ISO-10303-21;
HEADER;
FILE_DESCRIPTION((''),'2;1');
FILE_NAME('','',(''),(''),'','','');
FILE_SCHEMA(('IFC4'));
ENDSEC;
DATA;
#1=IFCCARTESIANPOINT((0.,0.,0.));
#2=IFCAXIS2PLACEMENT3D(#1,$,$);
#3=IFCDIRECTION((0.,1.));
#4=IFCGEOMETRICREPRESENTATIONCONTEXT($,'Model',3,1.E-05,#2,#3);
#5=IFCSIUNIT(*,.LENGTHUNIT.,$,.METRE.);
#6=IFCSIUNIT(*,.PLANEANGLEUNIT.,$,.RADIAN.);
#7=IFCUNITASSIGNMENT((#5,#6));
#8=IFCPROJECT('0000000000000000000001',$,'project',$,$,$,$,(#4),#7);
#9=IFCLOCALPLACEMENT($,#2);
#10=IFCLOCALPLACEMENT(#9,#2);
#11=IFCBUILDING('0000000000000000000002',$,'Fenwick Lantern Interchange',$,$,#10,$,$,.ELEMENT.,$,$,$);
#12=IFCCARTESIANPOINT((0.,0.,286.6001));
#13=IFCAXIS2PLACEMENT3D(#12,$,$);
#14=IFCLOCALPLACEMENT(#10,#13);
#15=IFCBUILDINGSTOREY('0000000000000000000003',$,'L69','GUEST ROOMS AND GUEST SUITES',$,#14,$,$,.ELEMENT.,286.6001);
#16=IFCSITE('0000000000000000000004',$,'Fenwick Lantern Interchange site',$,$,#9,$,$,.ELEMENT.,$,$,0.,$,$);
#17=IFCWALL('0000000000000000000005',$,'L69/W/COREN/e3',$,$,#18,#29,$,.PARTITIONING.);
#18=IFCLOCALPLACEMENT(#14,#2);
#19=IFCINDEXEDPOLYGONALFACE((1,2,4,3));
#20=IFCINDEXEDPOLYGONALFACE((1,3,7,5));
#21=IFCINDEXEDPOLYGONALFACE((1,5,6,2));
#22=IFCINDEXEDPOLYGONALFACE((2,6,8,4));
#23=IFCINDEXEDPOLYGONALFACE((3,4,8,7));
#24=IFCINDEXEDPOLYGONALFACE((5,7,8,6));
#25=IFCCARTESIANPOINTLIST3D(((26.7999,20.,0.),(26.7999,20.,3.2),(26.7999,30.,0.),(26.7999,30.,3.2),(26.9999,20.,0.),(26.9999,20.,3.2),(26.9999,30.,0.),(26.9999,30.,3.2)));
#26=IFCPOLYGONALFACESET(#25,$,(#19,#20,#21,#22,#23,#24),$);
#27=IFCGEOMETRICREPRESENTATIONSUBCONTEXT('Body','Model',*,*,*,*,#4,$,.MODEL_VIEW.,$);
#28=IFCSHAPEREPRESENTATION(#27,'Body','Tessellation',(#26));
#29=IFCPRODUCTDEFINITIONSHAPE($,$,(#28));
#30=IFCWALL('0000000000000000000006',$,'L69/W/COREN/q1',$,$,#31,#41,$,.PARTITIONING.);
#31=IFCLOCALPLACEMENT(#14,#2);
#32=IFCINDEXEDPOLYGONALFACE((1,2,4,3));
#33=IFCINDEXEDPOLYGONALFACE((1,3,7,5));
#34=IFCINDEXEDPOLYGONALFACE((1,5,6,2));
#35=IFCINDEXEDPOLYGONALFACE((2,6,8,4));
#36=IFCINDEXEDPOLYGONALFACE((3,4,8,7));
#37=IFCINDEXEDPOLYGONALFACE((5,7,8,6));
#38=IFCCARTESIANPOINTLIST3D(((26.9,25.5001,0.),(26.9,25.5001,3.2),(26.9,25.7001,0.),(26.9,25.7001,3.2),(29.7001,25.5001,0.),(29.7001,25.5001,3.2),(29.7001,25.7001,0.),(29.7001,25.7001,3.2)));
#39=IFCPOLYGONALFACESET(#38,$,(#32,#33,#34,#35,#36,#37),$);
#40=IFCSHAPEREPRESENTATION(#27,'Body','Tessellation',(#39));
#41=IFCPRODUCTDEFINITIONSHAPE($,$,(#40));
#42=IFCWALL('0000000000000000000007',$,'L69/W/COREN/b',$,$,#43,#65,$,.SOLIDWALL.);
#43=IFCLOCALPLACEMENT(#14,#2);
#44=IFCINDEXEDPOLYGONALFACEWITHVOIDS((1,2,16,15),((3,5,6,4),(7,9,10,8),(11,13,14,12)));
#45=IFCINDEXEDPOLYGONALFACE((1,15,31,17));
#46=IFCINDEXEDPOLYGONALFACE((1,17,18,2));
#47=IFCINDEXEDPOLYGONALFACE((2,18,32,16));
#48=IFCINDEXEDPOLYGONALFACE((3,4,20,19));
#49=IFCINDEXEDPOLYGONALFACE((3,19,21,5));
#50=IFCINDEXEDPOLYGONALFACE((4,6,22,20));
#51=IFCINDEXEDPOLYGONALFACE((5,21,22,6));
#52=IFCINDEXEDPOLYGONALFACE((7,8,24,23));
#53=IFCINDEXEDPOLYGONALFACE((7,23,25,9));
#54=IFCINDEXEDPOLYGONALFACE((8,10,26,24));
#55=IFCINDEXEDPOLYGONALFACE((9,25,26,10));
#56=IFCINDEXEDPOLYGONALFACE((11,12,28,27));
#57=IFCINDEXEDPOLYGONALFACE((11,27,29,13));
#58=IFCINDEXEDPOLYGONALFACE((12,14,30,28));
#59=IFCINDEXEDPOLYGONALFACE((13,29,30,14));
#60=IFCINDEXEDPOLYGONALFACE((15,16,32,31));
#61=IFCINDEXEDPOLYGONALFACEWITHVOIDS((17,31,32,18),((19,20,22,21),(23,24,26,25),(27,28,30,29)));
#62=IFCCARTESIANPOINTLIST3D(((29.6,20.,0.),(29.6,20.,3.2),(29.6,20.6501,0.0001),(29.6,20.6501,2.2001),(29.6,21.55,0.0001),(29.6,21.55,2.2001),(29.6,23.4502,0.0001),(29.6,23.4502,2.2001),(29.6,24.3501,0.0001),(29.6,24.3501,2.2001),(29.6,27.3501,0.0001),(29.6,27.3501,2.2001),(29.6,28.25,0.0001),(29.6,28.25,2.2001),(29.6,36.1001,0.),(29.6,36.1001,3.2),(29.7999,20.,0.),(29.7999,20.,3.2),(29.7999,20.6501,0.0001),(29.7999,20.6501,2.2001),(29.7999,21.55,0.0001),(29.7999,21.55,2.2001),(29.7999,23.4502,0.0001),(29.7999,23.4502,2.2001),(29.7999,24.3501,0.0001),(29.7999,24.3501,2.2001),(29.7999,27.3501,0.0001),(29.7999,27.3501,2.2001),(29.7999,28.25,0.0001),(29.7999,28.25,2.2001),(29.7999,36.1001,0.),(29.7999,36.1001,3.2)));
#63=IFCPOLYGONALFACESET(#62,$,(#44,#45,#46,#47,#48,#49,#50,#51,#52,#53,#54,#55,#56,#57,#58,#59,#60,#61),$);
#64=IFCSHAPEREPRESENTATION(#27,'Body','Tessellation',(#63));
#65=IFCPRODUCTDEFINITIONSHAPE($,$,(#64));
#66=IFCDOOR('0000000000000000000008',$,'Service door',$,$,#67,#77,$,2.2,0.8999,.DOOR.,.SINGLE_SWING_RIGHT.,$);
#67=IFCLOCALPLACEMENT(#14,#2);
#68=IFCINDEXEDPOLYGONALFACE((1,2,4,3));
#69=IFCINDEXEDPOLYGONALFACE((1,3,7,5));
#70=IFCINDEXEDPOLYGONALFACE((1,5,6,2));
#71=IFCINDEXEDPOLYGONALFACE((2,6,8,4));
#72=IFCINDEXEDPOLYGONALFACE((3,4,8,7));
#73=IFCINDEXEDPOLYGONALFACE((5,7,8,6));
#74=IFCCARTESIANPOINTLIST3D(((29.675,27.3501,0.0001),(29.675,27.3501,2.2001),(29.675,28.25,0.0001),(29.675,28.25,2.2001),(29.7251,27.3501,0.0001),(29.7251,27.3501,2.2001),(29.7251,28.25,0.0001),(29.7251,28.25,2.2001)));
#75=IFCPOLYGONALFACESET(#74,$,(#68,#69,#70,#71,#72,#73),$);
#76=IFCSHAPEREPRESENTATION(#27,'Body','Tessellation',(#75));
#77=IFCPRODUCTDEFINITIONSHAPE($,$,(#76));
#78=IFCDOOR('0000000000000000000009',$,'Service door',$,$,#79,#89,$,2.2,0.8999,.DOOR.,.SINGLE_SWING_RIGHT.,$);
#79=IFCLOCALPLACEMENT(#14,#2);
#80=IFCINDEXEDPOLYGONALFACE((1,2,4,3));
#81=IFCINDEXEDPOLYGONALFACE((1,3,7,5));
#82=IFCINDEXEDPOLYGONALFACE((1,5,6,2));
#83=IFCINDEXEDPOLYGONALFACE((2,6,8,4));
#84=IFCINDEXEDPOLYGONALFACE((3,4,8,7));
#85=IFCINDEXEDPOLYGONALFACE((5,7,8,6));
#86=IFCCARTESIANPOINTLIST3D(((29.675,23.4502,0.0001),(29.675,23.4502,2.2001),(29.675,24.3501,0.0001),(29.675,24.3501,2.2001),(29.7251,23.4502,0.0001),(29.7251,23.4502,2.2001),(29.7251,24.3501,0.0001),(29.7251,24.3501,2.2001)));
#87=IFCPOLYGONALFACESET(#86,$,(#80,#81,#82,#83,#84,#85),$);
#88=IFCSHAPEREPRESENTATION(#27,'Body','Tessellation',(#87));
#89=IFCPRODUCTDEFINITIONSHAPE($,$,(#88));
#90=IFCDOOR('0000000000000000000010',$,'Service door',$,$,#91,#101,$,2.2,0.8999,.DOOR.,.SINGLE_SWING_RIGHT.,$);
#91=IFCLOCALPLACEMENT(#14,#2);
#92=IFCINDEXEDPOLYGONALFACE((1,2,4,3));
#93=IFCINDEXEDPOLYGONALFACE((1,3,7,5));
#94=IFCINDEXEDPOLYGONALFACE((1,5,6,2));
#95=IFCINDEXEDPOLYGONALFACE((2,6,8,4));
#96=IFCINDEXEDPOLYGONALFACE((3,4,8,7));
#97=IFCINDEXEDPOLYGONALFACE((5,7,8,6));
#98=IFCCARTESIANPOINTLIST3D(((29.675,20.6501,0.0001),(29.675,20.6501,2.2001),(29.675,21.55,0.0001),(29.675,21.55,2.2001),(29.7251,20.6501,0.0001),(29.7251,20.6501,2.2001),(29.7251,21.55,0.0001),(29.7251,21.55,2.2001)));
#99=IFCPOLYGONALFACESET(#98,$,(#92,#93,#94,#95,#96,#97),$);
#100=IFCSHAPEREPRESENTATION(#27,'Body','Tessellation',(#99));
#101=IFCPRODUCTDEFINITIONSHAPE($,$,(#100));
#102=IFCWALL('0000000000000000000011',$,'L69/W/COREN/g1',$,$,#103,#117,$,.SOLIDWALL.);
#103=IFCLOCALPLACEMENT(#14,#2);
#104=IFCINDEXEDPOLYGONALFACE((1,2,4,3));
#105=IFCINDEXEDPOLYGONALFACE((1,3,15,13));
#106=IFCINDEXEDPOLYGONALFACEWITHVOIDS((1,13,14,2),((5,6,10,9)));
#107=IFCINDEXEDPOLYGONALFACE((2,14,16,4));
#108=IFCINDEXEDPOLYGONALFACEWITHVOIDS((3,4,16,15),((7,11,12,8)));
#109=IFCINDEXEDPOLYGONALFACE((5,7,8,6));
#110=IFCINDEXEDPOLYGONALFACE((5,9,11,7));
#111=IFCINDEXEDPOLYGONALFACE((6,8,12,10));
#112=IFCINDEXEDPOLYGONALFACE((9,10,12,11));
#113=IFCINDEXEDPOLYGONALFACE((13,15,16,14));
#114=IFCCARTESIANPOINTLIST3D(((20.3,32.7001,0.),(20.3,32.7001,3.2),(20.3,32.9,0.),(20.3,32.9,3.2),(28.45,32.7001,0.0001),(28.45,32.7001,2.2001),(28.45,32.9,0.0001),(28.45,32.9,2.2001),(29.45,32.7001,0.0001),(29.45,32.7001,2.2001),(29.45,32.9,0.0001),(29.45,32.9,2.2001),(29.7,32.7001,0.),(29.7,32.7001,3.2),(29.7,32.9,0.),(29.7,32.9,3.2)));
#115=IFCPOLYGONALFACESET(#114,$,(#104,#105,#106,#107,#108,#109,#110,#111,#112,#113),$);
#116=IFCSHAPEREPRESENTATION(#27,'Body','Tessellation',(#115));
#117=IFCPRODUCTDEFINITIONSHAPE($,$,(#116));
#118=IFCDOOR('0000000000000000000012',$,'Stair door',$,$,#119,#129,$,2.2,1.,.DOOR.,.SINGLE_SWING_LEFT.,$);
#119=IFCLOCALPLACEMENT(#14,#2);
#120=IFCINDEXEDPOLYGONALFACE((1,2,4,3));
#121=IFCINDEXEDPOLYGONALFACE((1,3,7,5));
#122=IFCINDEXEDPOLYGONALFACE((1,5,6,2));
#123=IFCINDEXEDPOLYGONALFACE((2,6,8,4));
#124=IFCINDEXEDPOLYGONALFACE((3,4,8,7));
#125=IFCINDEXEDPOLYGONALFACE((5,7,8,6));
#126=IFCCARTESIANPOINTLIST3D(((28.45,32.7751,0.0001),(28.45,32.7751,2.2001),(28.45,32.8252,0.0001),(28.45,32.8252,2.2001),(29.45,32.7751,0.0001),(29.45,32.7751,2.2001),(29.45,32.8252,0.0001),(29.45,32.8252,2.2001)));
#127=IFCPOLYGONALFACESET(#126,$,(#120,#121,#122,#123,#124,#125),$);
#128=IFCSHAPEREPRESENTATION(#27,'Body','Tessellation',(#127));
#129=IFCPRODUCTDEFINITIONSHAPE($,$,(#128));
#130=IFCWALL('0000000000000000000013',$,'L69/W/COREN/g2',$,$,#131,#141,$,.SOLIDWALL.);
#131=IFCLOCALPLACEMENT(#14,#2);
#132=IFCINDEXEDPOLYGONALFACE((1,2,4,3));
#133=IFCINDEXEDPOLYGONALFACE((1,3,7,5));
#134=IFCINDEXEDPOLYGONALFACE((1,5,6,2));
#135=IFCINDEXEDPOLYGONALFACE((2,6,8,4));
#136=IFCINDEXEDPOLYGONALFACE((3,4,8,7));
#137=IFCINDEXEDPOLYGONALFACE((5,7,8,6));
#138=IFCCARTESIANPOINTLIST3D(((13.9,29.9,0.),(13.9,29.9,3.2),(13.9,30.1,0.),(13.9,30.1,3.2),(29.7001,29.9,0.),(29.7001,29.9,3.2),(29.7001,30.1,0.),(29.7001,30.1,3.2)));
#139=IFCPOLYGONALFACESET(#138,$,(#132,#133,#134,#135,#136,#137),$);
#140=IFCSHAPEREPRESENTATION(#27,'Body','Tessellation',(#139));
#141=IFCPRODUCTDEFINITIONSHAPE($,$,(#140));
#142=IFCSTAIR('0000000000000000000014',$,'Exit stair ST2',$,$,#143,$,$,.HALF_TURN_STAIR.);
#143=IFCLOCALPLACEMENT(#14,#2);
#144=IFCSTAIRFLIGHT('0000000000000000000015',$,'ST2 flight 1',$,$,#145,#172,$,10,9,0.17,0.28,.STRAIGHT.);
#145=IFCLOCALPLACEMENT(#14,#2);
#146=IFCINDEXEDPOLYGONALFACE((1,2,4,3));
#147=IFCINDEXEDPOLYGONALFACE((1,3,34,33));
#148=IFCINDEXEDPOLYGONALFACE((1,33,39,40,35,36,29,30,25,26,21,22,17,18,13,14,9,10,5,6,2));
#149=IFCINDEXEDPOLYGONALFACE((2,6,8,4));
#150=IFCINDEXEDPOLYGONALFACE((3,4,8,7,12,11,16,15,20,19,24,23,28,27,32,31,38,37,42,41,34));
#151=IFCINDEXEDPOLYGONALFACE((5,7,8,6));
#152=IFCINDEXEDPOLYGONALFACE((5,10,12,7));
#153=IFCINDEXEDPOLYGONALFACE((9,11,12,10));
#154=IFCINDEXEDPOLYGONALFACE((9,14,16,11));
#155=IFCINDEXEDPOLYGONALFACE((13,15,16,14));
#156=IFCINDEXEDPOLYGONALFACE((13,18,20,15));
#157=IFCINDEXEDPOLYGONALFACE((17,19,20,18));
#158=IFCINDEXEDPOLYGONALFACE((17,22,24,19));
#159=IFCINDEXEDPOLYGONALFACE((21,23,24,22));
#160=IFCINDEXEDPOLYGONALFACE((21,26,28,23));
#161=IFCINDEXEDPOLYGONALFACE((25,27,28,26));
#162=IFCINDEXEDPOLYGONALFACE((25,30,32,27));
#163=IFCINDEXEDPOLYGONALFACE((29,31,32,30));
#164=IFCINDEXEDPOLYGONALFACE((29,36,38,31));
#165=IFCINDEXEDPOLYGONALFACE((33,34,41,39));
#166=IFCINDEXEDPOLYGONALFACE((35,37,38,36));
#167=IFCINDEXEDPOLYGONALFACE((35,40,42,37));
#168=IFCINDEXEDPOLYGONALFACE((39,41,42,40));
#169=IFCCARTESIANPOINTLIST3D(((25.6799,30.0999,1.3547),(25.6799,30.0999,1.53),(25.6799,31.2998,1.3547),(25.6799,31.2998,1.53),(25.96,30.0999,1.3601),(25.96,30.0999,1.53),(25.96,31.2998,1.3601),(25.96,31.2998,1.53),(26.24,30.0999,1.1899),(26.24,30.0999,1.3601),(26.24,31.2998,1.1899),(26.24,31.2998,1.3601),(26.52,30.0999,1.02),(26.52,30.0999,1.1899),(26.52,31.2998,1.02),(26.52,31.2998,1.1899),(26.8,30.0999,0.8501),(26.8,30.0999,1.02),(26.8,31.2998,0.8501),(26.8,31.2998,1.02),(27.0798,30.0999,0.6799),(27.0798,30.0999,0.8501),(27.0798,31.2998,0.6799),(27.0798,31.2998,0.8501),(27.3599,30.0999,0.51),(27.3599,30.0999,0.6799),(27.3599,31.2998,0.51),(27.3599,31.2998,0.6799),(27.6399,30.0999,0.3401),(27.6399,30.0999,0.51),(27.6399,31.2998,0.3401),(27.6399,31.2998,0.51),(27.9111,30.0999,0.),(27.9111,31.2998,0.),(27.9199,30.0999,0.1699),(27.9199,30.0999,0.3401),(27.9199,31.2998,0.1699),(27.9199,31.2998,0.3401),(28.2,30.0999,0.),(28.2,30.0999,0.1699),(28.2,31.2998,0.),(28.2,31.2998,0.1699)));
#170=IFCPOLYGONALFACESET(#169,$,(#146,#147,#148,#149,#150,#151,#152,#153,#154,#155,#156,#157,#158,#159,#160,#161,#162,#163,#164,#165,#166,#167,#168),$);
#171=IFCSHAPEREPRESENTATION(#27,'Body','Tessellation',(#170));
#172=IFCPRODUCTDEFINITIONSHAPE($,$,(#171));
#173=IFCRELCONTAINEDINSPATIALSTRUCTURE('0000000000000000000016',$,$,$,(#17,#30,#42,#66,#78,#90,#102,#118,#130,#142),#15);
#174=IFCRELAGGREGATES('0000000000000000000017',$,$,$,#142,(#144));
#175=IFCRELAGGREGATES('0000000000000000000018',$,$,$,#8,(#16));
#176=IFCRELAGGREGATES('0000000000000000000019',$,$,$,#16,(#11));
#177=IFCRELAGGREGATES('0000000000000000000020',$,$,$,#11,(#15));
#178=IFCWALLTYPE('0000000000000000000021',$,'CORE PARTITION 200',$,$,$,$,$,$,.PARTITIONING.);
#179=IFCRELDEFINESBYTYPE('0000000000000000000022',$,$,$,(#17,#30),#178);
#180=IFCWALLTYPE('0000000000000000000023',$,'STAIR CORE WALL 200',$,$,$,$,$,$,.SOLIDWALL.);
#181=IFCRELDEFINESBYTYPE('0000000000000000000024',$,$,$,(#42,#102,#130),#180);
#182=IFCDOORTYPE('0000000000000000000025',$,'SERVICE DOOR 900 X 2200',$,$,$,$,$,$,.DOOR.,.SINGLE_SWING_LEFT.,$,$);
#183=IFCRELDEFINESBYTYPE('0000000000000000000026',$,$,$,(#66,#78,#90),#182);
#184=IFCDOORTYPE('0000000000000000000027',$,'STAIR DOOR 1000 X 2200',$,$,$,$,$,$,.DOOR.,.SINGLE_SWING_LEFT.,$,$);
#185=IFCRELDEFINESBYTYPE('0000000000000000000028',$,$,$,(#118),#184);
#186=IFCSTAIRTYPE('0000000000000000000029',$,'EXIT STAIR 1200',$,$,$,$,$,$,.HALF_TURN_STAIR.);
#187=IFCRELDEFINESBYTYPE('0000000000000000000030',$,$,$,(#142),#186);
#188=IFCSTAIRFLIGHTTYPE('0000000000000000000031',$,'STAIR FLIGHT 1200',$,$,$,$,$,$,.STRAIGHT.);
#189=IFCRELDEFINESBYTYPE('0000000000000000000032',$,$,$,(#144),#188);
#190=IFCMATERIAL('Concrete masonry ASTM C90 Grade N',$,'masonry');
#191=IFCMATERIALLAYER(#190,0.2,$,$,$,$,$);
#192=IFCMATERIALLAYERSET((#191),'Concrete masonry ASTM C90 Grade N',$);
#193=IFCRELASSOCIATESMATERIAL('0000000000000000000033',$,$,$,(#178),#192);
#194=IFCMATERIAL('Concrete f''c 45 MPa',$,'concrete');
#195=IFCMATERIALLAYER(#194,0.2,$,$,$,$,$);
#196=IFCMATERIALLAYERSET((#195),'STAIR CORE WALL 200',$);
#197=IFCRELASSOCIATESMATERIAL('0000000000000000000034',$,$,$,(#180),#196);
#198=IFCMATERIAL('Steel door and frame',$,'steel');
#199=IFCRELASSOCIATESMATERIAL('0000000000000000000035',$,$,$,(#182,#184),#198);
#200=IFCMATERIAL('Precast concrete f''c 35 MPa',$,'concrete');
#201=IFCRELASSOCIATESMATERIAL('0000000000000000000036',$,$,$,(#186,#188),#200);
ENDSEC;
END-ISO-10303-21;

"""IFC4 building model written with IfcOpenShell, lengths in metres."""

from ifc_helpers import new_model, si_unit, direction, frame, frame_2d, origin, place, context, subcontext, project, spatial, polyline, rectangle, outline, extrude, material, layer, layer_set, type_object, element, fill, aggregate, save


model = new_model("IFC4")

# Units and contexts
model_context = context("Model", 3, precision=1e-05, world=origin(), true_north=direction((0.0, 1.0)))
body_context = subcontext(model_context, "Body", "Model", "MODEL_VIEW")
ifc_project = project(units=[si_unit("LENGTHUNIT", "METRE"), si_unit("PLANEANGLEUNIT", "RADIAN")], contexts=[model_context])

# Site, building, storey
site_placement = place(None, origin())
site = spatial("IfcSite", under=ifc_project, at=site_placement, Name="Fenwick Lantern Interchange site", CompositionType="ELEMENT", RefElevation=0.0)
building_placement = place(site_placement, origin())
building = spatial("IfcBuilding", under=site, at=building_placement, Name="Fenwick Lantern Interchange", CompositionType="ELEMENT")
storey_placement = place(building_placement, frame((0.0, 0.0, 286.6001)))
storey = spatial("IfcBuildingStorey", under=building, at=storey_placement, Name="L69", Description="GUEST ROOMS AND GUEST SUITES", CompositionType="ELEMENT", Elevation=286.6001)

# Walls
ifc_material_1 = material(Name="Concrete masonry ASTM C90 Grade N", Category="masonry")
ifc_layer_1 = layer(ifc_material_1, 0.2)
ifc_layer_set_1 = layer_set([ifc_layer_1], Name="Concrete masonry ASTM C90 Grade N")
wall_type_1 = type_object("IfcWallType", Name="CORE PARTITION 200", PredefinedType="PARTITIONING", material=ifc_layer_set_1)
wall_1_placement = place(storey_placement, frame((26.8999, 30.0, 0.0), z_axis=(0.0, 0.0, 1.0), x_axis=(0.0, -1.0, 0.0)))
element("IfcWall", 1, at=wall_1_placement, inside=storey, type_object=wall_type_1, Name="L69/W/COREN/e3", PredefinedType="PARTITIONING", context=body_context, shape_type="SweptSolid", body=[
    extrude(rectangle(XDim=10.0, YDim=0.2, at=frame_2d((5.0, 0.0))), origin(), (0.0, 0.0, 1.0), 3.2),
])
wall_2_placement = place(storey_placement, frame((29.7, 25.6001, 0.0), z_axis=(0.0, 0.0, 1.0), x_axis=(-1.0, 0.0, 0.0)))
element("IfcWall", 2, at=wall_2_placement, inside=storey, type_object=wall_type_1, Name="L69/W/COREN/q1", PredefinedType="PARTITIONING", context=body_context, shape_type="SweptSolid", body=[
    extrude(rectangle(XDim=2.8, YDim=0.2, at=frame_2d((1.3999, 0.0))), origin(), (0.0, 0.0, 1.0), 3.2),
])

# Wall, openings, doors
ifc_material_2 = material(Name="Concrete f'c 45 MPa", Category="concrete")
ifc_layer_2 = layer(ifc_material_2, 0.2)
ifc_layer_set_2 = layer_set([ifc_layer_2], Name="STAIR CORE WALL 200")
wall_type_2 = type_object("IfcWallType", Name="STAIR CORE WALL 200", PredefinedType="SOLIDWALL", material=ifc_layer_set_2)
wall_3_placement = place(storey_placement, frame((29.7, 36.1001, 0.0), z_axis=(0.0, 0.0, 1.0), x_axis=(0.0, -1.0, 0.0)))
wall_3 = element("IfcWall", 3, at=wall_3_placement, inside=storey, type_object=wall_type_2, Name="L69/W/COREN/b", PredefinedType="SOLIDWALL", context=body_context, shape_type="SweptSolid", body=[
    extrude(rectangle(XDim=16.1001, YDim=0.2, at=frame_2d((8.05, 0.0))), origin(), (0.0, 0.0, 1.0), 3.2),
])
opening_1_placement = place(wall_3_placement, frame((7.8501, 0.0, 0.0)))
opening_1 = element("IfcOpeningElement", 4, at=opening_1_placement, cuts=wall_3, PredefinedType="OPENING", context=body_context, shape_type="SweptSolid", body=[
    extrude(rectangle(XDim=0.8999, YDim=2.2, at=frame_2d((0.45, 1.1001))), frame((0.0, 0.1099, 0.0), z_axis=(0.0, -1.0, 0.0), x_axis=(1.0, 0.0, 0.0)), (0.0, 0.0, 1.0), 0.22),
])
opening_2_placement = place(wall_3_placement, frame((11.75, 0.0, 0.0)))
opening_2 = element("IfcOpeningElement", 5, at=opening_2_placement, cuts=wall_3, PredefinedType="OPENING", context=body_context, shape_type="SweptSolid", body=[
    extrude(rectangle(XDim=0.8999, YDim=2.2, at=frame_2d((0.45, 1.1001))), frame((0.0, 0.1099, 0.0), z_axis=(0.0, -1.0, 0.0), x_axis=(1.0, 0.0, 0.0)), (0.0, 0.0, 1.0), 0.22),
])
opening_3_placement = place(wall_3_placement, frame((14.55, 0.0, 0.0)))
opening_3 = element("IfcOpeningElement", 6, at=opening_3_placement, cuts=wall_3, PredefinedType="OPENING", context=body_context, shape_type="SweptSolid", body=[
    extrude(rectangle(XDim=0.8999, YDim=2.2, at=frame_2d((0.45, 1.1001))), frame((0.0, 0.1099, 0.0), z_axis=(0.0, -1.0, 0.0), x_axis=(1.0, 0.0, 0.0)), (0.0, 0.0, 1.0), 0.22),
])
ifc_material_3 = material(Name="Steel door and frame", Category="steel")
door_type_1 = type_object("IfcDoorType", Name="SERVICE DOOR 900 X 2200", OperationType="SINGLE_SWING_LEFT", PredefinedType="DOOR", material=ifc_material_3)
door_1_placement = place(opening_1_placement, frame((0.8999, 0.0, 0.0), z_axis=(0.0, 0.0, 1.0), x_axis=(-1.0, 0.0, 0.0)))
door_1 = element("IfcDoor", 7, at=door_1_placement, inside=storey, type_object=door_type_1, Name="Service door", OperationType="SINGLE_SWING_RIGHT", OverallHeight=2.2, OverallWidth=0.8999, PredefinedType="DOOR", context=body_context, shape_type="SweptSolid", body=[
    extrude(rectangle(XDim=0.8999, YDim=2.2, at=frame_2d((0.45, 1.1001))), frame((0.0, 0.0249, 0.0), z_axis=(0.0, -1.0, 0.0), x_axis=(1.0, 0.0, 0.0)), (0.0, 0.0, 1.0), 0.05),
])
fill(opening_1, door_1)
door_2_placement = place(opening_2_placement, frame((0.8999, 0.0, 0.0), z_axis=(0.0, 0.0, 1.0), x_axis=(-1.0, 0.0, 0.0)))
door_2 = element("IfcDoor", 8, at=door_2_placement, inside=storey, type_object=door_type_1, Name="Service door", OperationType="SINGLE_SWING_RIGHT", OverallHeight=2.2, OverallWidth=0.8999, PredefinedType="DOOR", context=body_context, shape_type="SweptSolid", body=[
    extrude(rectangle(XDim=0.8999, YDim=2.2, at=frame_2d((0.45, 1.1001))), frame((0.0, 0.0249, 0.0), z_axis=(0.0, -1.0, 0.0), x_axis=(1.0, 0.0, 0.0)), (0.0, 0.0, 1.0), 0.05),
])
fill(opening_2, door_2)
door_3_placement = place(opening_3_placement, frame((0.8999, 0.0, 0.0), z_axis=(0.0, 0.0, 1.0), x_axis=(-1.0, 0.0, 0.0)))
door_3 = element("IfcDoor", 9, at=door_3_placement, inside=storey, type_object=door_type_1, Name="Service door", OperationType="SINGLE_SWING_RIGHT", OverallHeight=2.2, OverallWidth=0.8999, PredefinedType="DOOR", context=body_context, shape_type="SweptSolid", body=[
    extrude(rectangle(XDim=0.8999, YDim=2.2, at=frame_2d((0.45, 1.1001))), frame((0.0, 0.0249, 0.0), z_axis=(0.0, -1.0, 0.0), x_axis=(1.0, 0.0, 0.0)), (0.0, 0.0, 1.0), 0.05),
])
fill(opening_3, door_3)

# Wall, opening, door
wall_4_placement = place(storey_placement, frame((29.7, 32.8, 0.0), z_axis=(0.0, 0.0, 1.0), x_axis=(-1.0, 0.0, 0.0)))
wall_4 = element("IfcWall", 10, at=wall_4_placement, inside=storey, type_object=wall_type_2, Name="L69/W/COREN/g1", PredefinedType="SOLIDWALL", context=body_context, shape_type="SweptSolid", body=[
    extrude(rectangle(XDim=9.3999, YDim=0.2, at=frame_2d((4.7, 0.0))), origin(), (0.0, 0.0, 1.0), 3.2),
])
opening_4_placement = place(wall_4_placement, frame((0.25, 0.0, 0.0)))
opening_4 = element("IfcOpeningElement", 11, at=opening_4_placement, cuts=wall_4, PredefinedType="OPENING", context=body_context, shape_type="SweptSolid", body=[
    extrude(rectangle(XDim=1.0, YDim=2.2, at=frame_2d((0.5, 1.1001))), frame((0.0, 0.1099, 0.0), z_axis=(0.0, -1.0, 0.0), x_axis=(1.0, 0.0, 0.0)), (0.0, 0.0, 1.0), 0.22),
])
door_type_2 = type_object("IfcDoorType", Name="STAIR DOOR 1000 X 2200", OperationType="SINGLE_SWING_LEFT", PredefinedType="DOOR", material=ifc_material_3)
door_4_placement = place(opening_4_placement, origin())
door_4 = element("IfcDoor", 12, at=door_4_placement, inside=storey, type_object=door_type_2, Name="Stair door", OperationType="SINGLE_SWING_LEFT", OverallHeight=2.2, OverallWidth=1.0, PredefinedType="DOOR", context=body_context, shape_type="SweptSolid", body=[
    extrude(rectangle(XDim=1.0, YDim=2.2, at=frame_2d((0.5, 1.1001))), frame((0.0, 0.0249, 0.0), z_axis=(0.0, -1.0, 0.0), x_axis=(1.0, 0.0, 0.0)), (0.0, 0.0, 1.0), 0.05),
])
fill(opening_4, door_4)

# Wall
wall_5_placement = place(storey_placement, frame((29.7, 30.0, 0.0), z_axis=(0.0, 0.0, 1.0), x_axis=(-1.0, 0.0, 0.0)))
element("IfcWall", 13, at=wall_5_placement, inside=storey, type_object=wall_type_2, Name="L69/W/COREN/g2", PredefinedType="SOLIDWALL", context=body_context, shape_type="SweptSolid", body=[
    extrude(rectangle(XDim=15.8, YDim=0.2, at=frame_2d((7.8999, 0.0))), origin(), (0.0, 0.0, 1.0), 3.2),
])

# Stair, stair flight
ifc_material_4 = material(Name="Precast concrete f'c 35 MPa", Category="concrete")
stair_type = type_object("IfcStairType", Name="EXIT STAIR 1200", PredefinedType="HALF_TURN_STAIR", material=ifc_material_4)
stair_placement = place(storey_placement, origin())
stair = element("IfcStair", 14, at=stair_placement, inside=storey, type_object=stair_type, Name="Exit stair ST2", PredefinedType="HALF_TURN_STAIR")
stair_flight_type = type_object("IfcStairFlightType", Name="STAIR FLIGHT 1200", PredefinedType="STRAIGHT", material=ifc_material_4)
stair_flight_1_placement = place(storey_placement, frame((28.2, 30.7, 0.0), z_axis=(0.0, 0.0, 1.0), x_axis=(-1.0, 0.0, 0.0)))
stair_flight_1 = element("IfcStairFlight", 15, at=stair_flight_1_placement, type_object=stair_flight_type, Name="ST2 flight 1", NumberOfRisers=10, NumberOfTreads=9, PredefinedType="STRAIGHT", RiserHeight=0.17, TreadLength=0.28, context=body_context, shape_type="SweptSolid", body=[
    extrude(outline(polyline([(0.0, 0.0), (0.0, 0.1699), (0.28, 0.1699), (0.28, 0.3401), (0.5601, 0.3401), (0.5601, 0.51), (0.8401, 0.51), (0.8401, 0.6799), (1.1201, 0.6799), (1.1201, 0.8501), (1.3999, 0.8501), (1.3999, 1.02), (1.6799, 1.02), (1.6799, 1.1899), (1.96, 1.1899), (1.96, 1.3601), (2.24, 1.3601), (2.24, 1.53), (2.52, 1.53), (2.52, 1.7), (2.52, 1.3547), (0.2888, 0.0), (0.0, 0.0)])), frame((0.0, 0.6001, 0.0), z_axis=(0.0, -1.0, 0.0), x_axis=(1.0, 0.0, 0.0)), (0.0, 0.0, 1.0), 1.2),
])
aggregate(stair, [stair_flight_1])

save(model, "model.ifc")
